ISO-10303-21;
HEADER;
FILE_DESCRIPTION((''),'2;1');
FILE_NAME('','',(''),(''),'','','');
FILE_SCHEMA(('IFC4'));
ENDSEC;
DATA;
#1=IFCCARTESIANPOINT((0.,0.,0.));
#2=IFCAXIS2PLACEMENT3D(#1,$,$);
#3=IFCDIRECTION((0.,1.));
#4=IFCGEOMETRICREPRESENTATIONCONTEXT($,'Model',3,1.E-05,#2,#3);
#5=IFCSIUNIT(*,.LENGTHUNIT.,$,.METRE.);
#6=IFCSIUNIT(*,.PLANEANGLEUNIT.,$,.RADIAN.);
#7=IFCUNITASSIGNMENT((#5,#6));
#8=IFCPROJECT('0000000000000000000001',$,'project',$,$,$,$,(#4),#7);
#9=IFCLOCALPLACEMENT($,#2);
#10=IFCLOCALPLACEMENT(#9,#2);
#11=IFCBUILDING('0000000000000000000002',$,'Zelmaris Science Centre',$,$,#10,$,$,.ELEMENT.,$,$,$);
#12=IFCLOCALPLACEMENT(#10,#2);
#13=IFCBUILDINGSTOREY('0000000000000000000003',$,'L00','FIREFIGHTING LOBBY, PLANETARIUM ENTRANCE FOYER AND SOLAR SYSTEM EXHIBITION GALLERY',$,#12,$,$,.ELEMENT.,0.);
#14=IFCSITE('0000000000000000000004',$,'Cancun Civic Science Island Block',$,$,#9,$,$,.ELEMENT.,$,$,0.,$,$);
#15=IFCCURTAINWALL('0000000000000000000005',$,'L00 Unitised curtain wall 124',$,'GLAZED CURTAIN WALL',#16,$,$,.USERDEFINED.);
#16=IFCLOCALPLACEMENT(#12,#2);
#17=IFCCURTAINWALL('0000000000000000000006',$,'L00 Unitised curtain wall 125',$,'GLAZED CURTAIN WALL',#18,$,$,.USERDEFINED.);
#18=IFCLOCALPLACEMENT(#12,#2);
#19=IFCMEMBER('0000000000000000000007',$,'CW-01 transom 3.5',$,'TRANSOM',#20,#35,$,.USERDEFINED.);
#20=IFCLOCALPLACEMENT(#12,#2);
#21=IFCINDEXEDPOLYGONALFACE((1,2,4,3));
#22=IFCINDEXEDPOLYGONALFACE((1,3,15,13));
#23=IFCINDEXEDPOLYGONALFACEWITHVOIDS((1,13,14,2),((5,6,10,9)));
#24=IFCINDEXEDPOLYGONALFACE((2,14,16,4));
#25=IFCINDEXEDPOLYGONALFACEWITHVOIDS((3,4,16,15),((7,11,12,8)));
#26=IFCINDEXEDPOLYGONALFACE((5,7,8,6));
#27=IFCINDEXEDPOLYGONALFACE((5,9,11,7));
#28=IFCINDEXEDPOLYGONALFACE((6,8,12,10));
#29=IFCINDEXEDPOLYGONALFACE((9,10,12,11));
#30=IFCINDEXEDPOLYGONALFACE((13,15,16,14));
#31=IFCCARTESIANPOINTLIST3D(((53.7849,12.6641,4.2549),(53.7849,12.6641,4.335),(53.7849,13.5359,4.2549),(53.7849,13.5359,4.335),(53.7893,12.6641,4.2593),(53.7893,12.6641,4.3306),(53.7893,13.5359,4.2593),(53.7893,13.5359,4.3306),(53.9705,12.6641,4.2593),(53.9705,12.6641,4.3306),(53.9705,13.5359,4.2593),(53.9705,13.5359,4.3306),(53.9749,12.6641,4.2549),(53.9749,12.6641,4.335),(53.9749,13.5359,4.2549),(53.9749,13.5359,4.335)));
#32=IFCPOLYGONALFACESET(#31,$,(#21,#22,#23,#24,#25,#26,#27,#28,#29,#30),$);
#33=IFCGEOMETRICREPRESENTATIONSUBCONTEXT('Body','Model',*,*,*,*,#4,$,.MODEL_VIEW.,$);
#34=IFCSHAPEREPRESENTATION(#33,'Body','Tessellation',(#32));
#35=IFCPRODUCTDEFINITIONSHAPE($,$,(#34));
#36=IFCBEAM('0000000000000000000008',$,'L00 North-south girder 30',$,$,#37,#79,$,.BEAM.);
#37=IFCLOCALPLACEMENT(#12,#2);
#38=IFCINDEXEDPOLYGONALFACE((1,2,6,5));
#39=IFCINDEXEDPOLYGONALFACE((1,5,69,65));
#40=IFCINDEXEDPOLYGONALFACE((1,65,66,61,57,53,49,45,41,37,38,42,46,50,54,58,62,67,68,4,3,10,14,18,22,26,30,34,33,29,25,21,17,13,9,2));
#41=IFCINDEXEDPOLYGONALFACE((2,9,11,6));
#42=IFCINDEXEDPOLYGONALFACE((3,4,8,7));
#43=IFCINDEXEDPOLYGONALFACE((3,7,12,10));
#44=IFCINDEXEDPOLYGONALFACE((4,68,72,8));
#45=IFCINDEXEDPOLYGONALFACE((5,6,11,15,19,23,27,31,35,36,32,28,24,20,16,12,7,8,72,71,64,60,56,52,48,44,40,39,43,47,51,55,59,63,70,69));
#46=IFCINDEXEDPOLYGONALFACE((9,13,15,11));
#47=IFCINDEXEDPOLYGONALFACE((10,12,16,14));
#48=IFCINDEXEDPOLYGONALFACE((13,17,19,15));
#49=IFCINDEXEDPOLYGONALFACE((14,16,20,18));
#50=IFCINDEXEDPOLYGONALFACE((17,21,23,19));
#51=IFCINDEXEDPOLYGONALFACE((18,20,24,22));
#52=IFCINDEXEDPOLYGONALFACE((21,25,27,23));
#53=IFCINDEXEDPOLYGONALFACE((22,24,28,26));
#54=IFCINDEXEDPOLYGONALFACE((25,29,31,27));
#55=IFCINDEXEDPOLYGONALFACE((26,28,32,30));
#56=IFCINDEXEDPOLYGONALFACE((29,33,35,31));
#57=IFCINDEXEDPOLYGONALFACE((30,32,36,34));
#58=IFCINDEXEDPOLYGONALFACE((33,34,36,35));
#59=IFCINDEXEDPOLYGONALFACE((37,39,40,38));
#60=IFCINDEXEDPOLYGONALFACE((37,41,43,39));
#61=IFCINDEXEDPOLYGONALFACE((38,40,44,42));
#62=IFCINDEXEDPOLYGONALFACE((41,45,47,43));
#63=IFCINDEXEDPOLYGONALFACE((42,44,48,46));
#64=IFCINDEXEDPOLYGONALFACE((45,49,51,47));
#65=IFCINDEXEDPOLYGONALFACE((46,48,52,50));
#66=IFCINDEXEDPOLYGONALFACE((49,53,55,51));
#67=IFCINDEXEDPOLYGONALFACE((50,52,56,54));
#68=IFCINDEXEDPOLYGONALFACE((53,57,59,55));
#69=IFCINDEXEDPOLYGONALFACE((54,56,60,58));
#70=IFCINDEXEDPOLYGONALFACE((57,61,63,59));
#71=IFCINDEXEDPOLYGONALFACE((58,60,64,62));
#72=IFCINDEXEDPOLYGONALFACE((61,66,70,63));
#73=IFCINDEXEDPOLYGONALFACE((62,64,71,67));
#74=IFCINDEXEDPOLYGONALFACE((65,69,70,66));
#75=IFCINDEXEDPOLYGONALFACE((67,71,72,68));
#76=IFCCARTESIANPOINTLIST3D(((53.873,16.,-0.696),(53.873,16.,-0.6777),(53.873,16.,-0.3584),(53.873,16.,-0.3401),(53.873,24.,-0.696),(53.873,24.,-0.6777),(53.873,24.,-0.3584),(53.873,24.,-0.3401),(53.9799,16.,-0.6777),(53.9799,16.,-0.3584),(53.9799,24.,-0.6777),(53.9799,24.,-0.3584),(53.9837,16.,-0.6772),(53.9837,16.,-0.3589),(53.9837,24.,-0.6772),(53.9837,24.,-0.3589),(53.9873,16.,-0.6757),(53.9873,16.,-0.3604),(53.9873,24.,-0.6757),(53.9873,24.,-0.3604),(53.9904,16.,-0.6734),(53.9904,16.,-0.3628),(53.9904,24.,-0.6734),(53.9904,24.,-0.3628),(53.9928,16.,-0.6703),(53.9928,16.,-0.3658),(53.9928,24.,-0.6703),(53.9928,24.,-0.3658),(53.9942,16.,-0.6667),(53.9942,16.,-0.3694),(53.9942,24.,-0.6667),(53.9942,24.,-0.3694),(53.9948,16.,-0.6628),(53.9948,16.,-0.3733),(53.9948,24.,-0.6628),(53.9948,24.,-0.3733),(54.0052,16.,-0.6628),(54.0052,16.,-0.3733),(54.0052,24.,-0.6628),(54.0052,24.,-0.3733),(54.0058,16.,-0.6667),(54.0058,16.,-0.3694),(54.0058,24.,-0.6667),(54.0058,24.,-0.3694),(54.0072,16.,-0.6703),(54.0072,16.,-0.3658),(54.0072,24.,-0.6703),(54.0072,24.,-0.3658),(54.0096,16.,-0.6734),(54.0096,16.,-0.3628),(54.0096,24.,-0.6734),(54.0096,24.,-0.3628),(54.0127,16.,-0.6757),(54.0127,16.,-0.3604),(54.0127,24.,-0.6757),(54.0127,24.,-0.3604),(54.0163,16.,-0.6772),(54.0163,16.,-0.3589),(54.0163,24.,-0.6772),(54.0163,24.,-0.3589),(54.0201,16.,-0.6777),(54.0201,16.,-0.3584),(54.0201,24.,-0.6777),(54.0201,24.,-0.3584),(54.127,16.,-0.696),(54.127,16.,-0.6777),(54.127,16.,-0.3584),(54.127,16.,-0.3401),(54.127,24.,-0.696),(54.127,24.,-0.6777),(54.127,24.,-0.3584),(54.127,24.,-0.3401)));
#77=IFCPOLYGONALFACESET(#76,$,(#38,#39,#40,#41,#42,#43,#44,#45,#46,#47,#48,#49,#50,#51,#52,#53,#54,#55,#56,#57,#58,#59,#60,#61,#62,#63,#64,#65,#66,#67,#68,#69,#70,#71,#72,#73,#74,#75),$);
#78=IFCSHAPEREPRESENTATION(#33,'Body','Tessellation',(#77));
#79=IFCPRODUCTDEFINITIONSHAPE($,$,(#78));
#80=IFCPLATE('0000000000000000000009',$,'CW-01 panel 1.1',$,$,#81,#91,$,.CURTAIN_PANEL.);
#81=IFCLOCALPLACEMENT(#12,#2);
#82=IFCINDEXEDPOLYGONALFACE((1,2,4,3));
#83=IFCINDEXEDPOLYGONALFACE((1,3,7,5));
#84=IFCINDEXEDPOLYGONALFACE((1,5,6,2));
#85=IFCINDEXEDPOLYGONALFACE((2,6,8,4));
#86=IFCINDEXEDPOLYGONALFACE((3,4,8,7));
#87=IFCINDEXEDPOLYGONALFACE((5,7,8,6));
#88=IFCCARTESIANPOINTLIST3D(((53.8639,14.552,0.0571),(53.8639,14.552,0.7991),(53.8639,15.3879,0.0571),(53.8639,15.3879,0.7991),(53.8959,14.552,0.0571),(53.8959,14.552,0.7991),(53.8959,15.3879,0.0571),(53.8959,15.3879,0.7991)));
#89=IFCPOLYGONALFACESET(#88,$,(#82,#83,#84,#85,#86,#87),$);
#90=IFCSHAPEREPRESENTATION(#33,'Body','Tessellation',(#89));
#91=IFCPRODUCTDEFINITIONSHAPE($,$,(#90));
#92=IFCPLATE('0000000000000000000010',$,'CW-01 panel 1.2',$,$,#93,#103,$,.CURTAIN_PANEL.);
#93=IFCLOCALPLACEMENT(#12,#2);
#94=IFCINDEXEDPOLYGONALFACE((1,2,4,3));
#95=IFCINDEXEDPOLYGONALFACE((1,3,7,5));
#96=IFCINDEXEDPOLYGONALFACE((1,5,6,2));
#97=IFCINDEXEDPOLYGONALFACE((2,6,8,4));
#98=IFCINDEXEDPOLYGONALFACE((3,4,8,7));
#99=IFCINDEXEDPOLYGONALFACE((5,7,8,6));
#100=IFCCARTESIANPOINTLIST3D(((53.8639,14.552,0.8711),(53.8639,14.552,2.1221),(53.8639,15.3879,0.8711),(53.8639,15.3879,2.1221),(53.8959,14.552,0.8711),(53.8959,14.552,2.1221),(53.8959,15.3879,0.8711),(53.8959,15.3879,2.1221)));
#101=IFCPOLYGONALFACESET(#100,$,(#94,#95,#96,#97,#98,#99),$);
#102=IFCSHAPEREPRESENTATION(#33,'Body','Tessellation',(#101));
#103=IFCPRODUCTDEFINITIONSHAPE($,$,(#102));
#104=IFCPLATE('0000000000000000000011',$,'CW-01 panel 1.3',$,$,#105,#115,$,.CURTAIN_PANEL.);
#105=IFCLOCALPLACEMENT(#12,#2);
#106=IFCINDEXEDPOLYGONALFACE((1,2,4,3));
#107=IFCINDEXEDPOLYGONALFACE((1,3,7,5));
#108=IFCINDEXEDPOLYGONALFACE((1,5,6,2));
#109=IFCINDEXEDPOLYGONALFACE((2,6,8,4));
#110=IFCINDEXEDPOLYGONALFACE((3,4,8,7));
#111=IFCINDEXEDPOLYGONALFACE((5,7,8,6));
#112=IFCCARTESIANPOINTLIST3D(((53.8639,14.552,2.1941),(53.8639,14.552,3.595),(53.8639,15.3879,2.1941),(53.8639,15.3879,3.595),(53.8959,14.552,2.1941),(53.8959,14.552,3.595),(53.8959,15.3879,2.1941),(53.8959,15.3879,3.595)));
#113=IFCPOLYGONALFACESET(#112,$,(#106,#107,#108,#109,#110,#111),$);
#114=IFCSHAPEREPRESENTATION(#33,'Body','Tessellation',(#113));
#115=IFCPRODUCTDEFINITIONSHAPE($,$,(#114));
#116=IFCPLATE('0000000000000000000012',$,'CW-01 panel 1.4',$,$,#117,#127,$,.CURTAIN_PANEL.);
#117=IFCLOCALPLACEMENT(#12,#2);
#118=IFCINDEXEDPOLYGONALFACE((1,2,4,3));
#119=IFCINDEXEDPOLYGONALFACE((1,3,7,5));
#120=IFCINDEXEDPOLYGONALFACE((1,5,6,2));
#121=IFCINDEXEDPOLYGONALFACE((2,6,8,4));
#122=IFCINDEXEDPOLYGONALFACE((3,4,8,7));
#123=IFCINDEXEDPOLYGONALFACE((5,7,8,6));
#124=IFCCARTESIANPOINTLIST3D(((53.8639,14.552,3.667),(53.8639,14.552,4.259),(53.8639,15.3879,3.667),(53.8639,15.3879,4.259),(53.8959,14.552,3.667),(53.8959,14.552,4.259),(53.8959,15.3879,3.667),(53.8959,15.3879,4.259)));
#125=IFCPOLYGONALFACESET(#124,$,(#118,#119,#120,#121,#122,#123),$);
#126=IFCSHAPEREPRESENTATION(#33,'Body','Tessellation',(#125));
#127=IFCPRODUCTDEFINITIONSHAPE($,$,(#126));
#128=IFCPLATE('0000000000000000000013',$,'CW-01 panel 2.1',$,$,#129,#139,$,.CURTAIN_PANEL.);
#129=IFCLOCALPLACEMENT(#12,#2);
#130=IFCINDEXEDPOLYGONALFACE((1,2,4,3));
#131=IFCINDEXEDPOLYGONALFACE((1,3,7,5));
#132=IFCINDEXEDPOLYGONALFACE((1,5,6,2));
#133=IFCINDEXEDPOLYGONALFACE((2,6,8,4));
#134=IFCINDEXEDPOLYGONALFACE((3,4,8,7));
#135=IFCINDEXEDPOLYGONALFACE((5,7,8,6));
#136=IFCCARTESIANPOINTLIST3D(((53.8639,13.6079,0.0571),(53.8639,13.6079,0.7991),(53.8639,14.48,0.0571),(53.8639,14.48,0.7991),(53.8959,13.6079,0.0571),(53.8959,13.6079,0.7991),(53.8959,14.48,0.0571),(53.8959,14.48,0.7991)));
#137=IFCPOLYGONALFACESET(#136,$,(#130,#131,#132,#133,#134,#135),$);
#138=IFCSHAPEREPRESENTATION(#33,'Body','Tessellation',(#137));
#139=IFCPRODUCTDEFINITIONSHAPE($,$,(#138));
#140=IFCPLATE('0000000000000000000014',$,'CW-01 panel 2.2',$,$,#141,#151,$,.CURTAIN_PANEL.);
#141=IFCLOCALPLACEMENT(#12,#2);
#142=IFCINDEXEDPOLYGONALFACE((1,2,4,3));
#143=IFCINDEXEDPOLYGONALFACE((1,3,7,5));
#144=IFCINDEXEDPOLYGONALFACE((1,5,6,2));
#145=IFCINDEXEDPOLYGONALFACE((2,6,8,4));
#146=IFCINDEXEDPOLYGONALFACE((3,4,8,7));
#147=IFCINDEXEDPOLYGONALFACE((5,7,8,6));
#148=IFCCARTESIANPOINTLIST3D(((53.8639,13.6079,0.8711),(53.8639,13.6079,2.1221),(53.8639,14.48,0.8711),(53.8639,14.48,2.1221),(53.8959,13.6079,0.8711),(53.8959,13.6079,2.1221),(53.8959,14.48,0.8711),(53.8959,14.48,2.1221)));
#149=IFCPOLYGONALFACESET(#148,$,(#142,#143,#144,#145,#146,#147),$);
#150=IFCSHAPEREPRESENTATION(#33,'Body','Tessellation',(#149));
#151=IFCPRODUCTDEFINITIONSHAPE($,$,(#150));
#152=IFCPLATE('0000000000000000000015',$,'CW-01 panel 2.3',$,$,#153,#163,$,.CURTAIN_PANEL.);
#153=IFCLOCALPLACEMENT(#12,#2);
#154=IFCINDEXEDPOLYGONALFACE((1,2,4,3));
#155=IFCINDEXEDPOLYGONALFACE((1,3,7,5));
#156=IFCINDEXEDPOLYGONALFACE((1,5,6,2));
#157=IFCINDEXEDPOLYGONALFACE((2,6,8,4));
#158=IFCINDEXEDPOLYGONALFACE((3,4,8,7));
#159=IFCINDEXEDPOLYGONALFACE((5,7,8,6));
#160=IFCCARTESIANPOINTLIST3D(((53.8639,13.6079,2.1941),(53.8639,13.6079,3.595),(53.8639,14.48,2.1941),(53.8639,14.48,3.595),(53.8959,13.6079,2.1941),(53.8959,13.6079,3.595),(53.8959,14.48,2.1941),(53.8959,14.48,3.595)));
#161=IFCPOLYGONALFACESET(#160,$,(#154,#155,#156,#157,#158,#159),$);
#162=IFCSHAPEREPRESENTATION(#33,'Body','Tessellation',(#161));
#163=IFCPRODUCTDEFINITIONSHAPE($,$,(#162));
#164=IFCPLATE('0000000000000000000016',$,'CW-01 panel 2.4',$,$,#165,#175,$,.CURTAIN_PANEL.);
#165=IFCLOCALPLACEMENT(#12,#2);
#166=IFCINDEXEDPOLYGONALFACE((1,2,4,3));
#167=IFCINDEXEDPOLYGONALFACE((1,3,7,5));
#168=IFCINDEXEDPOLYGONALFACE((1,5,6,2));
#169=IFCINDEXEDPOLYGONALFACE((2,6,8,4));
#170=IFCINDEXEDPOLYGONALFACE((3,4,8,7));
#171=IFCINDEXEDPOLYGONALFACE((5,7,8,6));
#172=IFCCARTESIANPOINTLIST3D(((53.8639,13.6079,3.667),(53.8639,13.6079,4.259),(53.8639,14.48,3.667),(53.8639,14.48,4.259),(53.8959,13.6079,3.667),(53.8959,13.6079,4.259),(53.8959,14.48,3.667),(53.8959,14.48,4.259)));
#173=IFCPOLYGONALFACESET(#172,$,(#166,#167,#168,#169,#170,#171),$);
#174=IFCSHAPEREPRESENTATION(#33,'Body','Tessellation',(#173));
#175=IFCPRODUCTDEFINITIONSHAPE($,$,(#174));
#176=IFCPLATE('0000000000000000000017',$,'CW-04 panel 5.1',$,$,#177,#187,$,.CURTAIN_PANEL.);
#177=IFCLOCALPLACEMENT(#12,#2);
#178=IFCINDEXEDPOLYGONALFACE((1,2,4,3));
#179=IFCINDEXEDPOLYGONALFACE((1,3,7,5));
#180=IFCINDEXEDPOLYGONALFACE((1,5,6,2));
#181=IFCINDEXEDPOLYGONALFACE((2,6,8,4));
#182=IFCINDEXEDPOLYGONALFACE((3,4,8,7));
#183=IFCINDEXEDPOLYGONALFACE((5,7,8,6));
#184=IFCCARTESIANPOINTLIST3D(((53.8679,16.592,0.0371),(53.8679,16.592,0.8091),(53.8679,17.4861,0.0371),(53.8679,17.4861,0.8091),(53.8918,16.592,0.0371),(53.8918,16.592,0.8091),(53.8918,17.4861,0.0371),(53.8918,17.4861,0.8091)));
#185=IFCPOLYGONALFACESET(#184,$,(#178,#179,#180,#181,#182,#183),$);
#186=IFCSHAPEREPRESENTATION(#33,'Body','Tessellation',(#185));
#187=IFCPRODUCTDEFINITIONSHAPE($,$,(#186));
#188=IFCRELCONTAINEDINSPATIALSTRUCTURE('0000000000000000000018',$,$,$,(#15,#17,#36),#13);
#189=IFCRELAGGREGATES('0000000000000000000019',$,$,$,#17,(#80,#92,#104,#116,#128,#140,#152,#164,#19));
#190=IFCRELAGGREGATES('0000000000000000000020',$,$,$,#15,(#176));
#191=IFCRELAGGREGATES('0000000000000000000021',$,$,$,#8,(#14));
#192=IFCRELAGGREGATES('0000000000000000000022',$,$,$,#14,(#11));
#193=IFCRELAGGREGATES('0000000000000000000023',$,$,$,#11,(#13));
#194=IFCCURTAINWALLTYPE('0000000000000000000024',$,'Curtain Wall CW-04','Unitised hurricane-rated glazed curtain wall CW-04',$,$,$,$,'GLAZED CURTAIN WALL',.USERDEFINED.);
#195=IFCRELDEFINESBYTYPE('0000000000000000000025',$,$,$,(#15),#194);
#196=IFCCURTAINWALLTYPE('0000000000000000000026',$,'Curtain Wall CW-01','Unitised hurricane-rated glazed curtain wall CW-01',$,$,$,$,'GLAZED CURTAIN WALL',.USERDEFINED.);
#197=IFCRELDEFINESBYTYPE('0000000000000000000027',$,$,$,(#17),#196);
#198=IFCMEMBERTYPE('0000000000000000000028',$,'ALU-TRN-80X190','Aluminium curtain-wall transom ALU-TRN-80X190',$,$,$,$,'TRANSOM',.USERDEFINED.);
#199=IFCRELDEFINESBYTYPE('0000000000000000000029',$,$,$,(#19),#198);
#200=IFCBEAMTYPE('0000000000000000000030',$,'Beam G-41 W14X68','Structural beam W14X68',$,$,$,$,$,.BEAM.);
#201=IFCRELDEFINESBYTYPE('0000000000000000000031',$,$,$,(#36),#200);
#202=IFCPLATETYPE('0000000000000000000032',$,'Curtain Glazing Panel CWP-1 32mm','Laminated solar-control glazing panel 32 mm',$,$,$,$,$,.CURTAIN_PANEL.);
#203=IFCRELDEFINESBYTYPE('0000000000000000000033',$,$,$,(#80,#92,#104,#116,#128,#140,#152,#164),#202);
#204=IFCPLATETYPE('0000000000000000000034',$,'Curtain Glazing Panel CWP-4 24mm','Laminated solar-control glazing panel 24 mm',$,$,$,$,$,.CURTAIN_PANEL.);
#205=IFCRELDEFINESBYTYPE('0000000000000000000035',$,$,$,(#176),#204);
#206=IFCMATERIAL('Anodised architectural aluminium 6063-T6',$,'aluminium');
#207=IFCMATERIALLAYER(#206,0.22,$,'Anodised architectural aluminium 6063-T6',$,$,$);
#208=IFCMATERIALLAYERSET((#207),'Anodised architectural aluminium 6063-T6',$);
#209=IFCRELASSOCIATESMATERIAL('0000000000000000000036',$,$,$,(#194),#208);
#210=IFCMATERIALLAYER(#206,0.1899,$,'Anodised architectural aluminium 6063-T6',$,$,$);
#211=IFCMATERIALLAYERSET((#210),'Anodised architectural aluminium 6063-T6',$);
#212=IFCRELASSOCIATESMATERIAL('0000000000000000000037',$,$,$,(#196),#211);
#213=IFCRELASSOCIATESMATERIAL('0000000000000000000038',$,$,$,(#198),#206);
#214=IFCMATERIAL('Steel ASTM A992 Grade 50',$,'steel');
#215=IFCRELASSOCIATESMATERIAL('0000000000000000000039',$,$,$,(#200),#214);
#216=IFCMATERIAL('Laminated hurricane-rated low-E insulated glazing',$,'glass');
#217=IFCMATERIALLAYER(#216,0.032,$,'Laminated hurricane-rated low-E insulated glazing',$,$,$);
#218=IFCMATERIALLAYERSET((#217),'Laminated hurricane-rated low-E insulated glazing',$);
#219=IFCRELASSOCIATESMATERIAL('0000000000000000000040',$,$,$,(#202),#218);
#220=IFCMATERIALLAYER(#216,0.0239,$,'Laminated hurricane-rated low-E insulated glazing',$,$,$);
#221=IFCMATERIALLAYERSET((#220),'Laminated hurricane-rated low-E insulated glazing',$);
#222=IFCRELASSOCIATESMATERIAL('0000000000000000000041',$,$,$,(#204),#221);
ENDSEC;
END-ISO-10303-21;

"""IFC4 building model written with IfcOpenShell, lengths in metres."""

from ifc_helpers import new_model, si_unit, direction, frame, origin, origin_2d, place, context, subcontext, project, spatial, rectangle, hollow_rectangle, i_section, extrude, material, layer, layer_set, material_profile, profile_set, type_object, element, aggregate, save


model = new_model("IFC4")

# Units and contexts
model_context = context("Model", 3, precision=1e-05, world=origin(), true_north=direction((0.0, 1.0)))
body_context = subcontext(model_context, "Body", "Model", "MODEL_VIEW")
ifc_project = project(units=[si_unit("LENGTHUNIT", "METRE"), si_unit("PLANEANGLEUNIT", "RADIAN")], contexts=[model_context])

# Site, building, storey
site_placement = place(None, origin())
site = spatial("IfcSite", under=ifc_project, at=site_placement, Name="Cancun Civic Science Island Block", CompositionType="ELEMENT", RefElevation=0.0)
building_placement = place(site_placement, origin())
building = spatial("IfcBuilding", under=site, at=building_placement, Name="Zelmaris Science Centre", CompositionType="ELEMENT")
storey_placement = place(building_placement, origin())
storey = spatial("IfcBuildingStorey", under=building, at=storey_placement, Name="L00", Description="FIREFIGHTING LOBBY, PLANETARIUM ENTRANCE FOYER AND SOLAR SYSTEM EXHIBITION GALLERY", CompositionType="ELEMENT", Elevation=0.0)

# Shared definitions
ifc_material_1 = material(Name="Steel ASTM A992 Grade 50", Category="steel")

# Curtain wall
ifc_material_2 = material(Name="Anodised architectural aluminium 6063-T6", Category="aluminium")
ifc_layer_1 = layer(ifc_material_2, 0.22, Name="Anodised architectural aluminium 6063-T6")
ifc_layer_set_1 = layer_set([ifc_layer_1], Name="Anodised architectural aluminium 6063-T6")
curtain_wall_type_1 = type_object("IfcCurtainWallType", Name="Curtain Wall CW-04", Description="Unitised hurricane-rated glazed curtain wall CW-04", ElementType="GLAZED CURTAIN WALL", PredefinedType="USERDEFINED", material=ifc_layer_set_1)
curtain_wall_1_placement = place(storey_placement, origin())
curtain_wall_1 = element("IfcCurtainWall", 1, at=curtain_wall_1_placement, inside=storey, type_object=curtain_wall_type_1, Name="L00 Unitised curtain wall 124", ObjectType="GLAZED CURTAIN WALL", PredefinedType="USERDEFINED")

# Curtain wall
ifc_layer_2 = layer(ifc_material_2, 0.1899, Name="Anodised architectural aluminium 6063-T6")
ifc_layer_set_2 = layer_set([ifc_layer_2], Name="Anodised architectural aluminium 6063-T6")
curtain_wall_type_2 = type_object("IfcCurtainWallType", Name="Curtain Wall CW-01", Description="Unitised hurricane-rated glazed curtain wall CW-01", ElementType="GLAZED CURTAIN WALL", PredefinedType="USERDEFINED", material=ifc_layer_set_2)
curtain_wall_2_placement = place(storey_placement, origin())
curtain_wall_2 = element("IfcCurtainWall", 2, at=curtain_wall_2_placement, inside=storey, type_object=curtain_wall_type_2, Name="L00 Unitised curtain wall 125", ObjectType="GLAZED CURTAIN WALL", PredefinedType="USERDEFINED")

# Member
ifc_material_profile_1 = material_profile(ifc_material_2, hollow_rectangle(XDim=0.0801, YDim=0.1899, WallThickness=0.0044, at=origin_2d()), Name="ALU-TRN-80X190")
ifc_profile_set_1 = profile_set([ifc_material_profile_1], Name="Anodised architectural aluminium 6063-T6")
member_type_1 = type_object("IfcMemberType", Name="ALU-TRN-80X190", Description="Aluminium curtain-wall transom ALU-TRN-80X190", ElementType="TRANSOM", PredefinedType="USERDEFINED", material=ifc_profile_set_1)
member_1_placement = place(storey_placement, frame((53.8799, 13.5359, 4.2949), z_axis=(0.0, -1.0, 0.0), x_axis=(0.0, 0.0, 1.0)))
member_1 = element("IfcMember", 3, at=member_1_placement, type_object=member_type_1, Name="CW-01 transom 3.5", ObjectType="TRANSOM", PredefinedType="USERDEFINED", context=body_context, shape_type="SweptSolid", body=[
    extrude(hollow_rectangle(XDim=0.0801, YDim=0.1899, WallThickness=0.0044, at=origin_2d()), origin(), (0.0, 0.0, 1.0), 0.8718),
])

# Beam
ifc_material_profile_2 = material_profile(ifc_material_1, i_section(OverallWidth=0.2539, OverallDepth=0.356, WebThickness=0.0105, FlangeThickness=0.0183, FilletRadius=0.0149, at=origin_2d()), Name="W14X68")
ifc_profile_set_2 = profile_set([ifc_material_profile_2], Name="Steel ASTM A992 Grade 50")
beam_type = type_object("IfcBeamType", Name="Beam G-41 W14X68", Description="Structural beam W14X68", PredefinedType="BEAM", material=ifc_profile_set_2)
beam_placement = place(storey_placement, frame((54.0, 16.0, -0.5181), z_axis=(0.0, 1.0, 0.0), x_axis=(-1.0, 0.0, 0.0)))
element("IfcBeam", 4, at=beam_placement, inside=storey, type_object=beam_type, Name="L00 North-south girder 30", PredefinedType="BEAM", context=body_context, shape_type="SweptSolid", body=[
    extrude(i_section(OverallWidth=0.2539, OverallDepth=0.356, WebThickness=0.0105, FlangeThickness=0.0183, FilletRadius=0.0149, at=origin_2d()), origin(), (0.0, 0.0, 1.0), 8.0),
])

# Plates
ifc_material_3 = material(Name="Laminated hurricane-rated low-E insulated glazing", Category="glass")
ifc_layer_3 = layer(ifc_material_3, 0.032, Name="Laminated hurricane-rated low-E insulated glazing")
ifc_layer_set_3 = layer_set([ifc_layer_3], Name="Laminated hurricane-rated low-E insulated glazing")
plate_type_1 = type_object("IfcPlateType", Name="Curtain Glazing Panel CWP-1 32mm", Description="Laminated solar-control glazing panel 32 mm", PredefinedType="CURTAIN_PANEL", material=ifc_layer_set_3)
plate_1_placement = place(storey_placement, frame((53.8799, 14.97, 0.0571), z_axis=(0.0, 0.0, 1.0), x_axis=(-0.000021, -1.0, 0.0)))
plate_1 = element("IfcPlate", 5, at=plate_1_placement, type_object=plate_type_1, Name="CW-01 panel 1.1", PredefinedType="CURTAIN_PANEL", context=body_context, shape_type="SweptSolid", body=[
    extrude(rectangle(XDim=0.8359, YDim=0.032, at=origin_2d()), origin(), (0.0, 0.0, 1.0), 0.7419),
])
plate_2_placement = place(storey_placement, frame((53.8799, 14.97, 0.8711), z_axis=(0.0, 0.0, 1.0), x_axis=(-0.000021, -1.0, 0.0)))
plate_2 = element("IfcPlate", 6, at=plate_2_placement, type_object=plate_type_1, Name="CW-01 panel 1.2", PredefinedType="CURTAIN_PANEL", context=body_context, shape_type="SweptSolid", body=[
    extrude(rectangle(XDim=0.8359, YDim=0.032, at=origin_2d()), origin(), (0.0, 0.0, 1.0), 1.251),
])
plate_3_placement = place(storey_placement, frame((53.8799, 14.97, 2.1941), z_axis=(0.0, 0.0, 1.0), x_axis=(-0.000021, -1.0, 0.0)))
plate_3 = element("IfcPlate", 7, at=plate_3_placement, type_object=plate_type_1, Name="CW-01 panel 1.3", PredefinedType="CURTAIN_PANEL", context=body_context, shape_type="SweptSolid", body=[
    extrude(rectangle(XDim=0.8359, YDim=0.032, at=origin_2d()), origin(), (0.0, 0.0, 1.0), 1.4009),
])
plate_4_placement = place(storey_placement, frame((53.8799, 14.97, 3.667), z_axis=(0.0, 0.0, 1.0), x_axis=(-0.000021, -1.0, 0.0)))
plate_4 = element("IfcPlate", 8, at=plate_4_placement, type_object=plate_type_1, Name="CW-01 panel 1.4", PredefinedType="CURTAIN_PANEL", context=body_context, shape_type="SweptSolid", body=[
    extrude(rectangle(XDim=0.8359, YDim=0.032, at=origin_2d()), origin(), (0.0, 0.0, 1.0), 0.592),
])
plate_5_placement = place(storey_placement, frame((53.8799, 14.0439, 0.0571), z_axis=(0.0, 0.0, 1.0), x_axis=(-0.000021, -1.0, 0.0)))
plate_5 = element("IfcPlate", 9, at=plate_5_placement, type_object=plate_type_1, Name="CW-01 panel 2.1", PredefinedType="CURTAIN_PANEL", context=body_context, shape_type="SweptSolid", body=[
    extrude(rectangle(XDim=0.8721, YDim=0.032, at=origin_2d()), origin(), (0.0, 0.0, 1.0), 0.7419),
])
plate_6_placement = place(storey_placement, frame((53.8799, 14.0439, 0.8711), z_axis=(0.0, 0.0, 1.0), x_axis=(-0.000021, -1.0, 0.0)))
plate_6 = element("IfcPlate", 10, at=plate_6_placement, type_object=plate_type_1, Name="CW-01 panel 2.2", PredefinedType="CURTAIN_PANEL", context=body_context, shape_type="SweptSolid", body=[
    extrude(rectangle(XDim=0.8721, YDim=0.032, at=origin_2d()), origin(), (0.0, 0.0, 1.0), 1.251),
])
plate_7_placement = place(storey_placement, frame((53.8799, 14.0439, 2.1941), z_axis=(0.0, 0.0, 1.0), x_axis=(-0.000021, -1.0, 0.0)))
plate_7 = element("IfcPlate", 11, at=plate_7_placement, type_object=plate_type_1, Name="CW-01 panel 2.3", PredefinedType="CURTAIN_PANEL", context=body_context, shape_type="SweptSolid", body=[
    extrude(rectangle(XDim=0.8721, YDim=0.032, at=origin_2d()), origin(), (0.0, 0.0, 1.0), 1.4009),
])
plate_8_placement = place(storey_placement, frame((53.8799, 14.0439, 3.667), z_axis=(0.0, 0.0, 1.0), x_axis=(-0.000021, -1.0, 0.0)))
plate_8 = element("IfcPlate", 12, at=plate_8_placement, type_object=plate_type_1, Name="CW-01 panel 2.4", PredefinedType="CURTAIN_PANEL", context=body_context, shape_type="SweptSolid", body=[
    extrude(rectangle(XDim=0.8721, YDim=0.032, at=origin_2d()), origin(), (0.0, 0.0, 1.0), 0.592),
])
aggregate(curtain_wall_2, [plate_1, plate_2, plate_3, plate_4, plate_5, plate_6, plate_7, plate_8, member_1])
ifc_layer_4 = layer(ifc_material_3, 0.0239, Name="Laminated hurricane-rated low-E insulated glazing")
ifc_layer_set_4 = layer_set([ifc_layer_4], Name="Laminated hurricane-rated low-E insulated glazing")
plate_type_2 = type_object("IfcPlateType", Name="Curtain Glazing Panel CWP-4 24mm", Description="Laminated solar-control glazing panel 24 mm", PredefinedType="CURTAIN_PANEL", material=ifc_layer_set_4)
plate_9_placement = place(storey_placement, frame((53.8799, 17.0391, 0.0371), z_axis=(0.0, 0.0, 1.0), x_axis=(0.0, -1.0, 0.0)))
plate_9 = element("IfcPlate", 13, at=plate_9_placement, type_object=plate_type_2, Name="CW-04 panel 5.1", PredefinedType="CURTAIN_PANEL", context=body_context, shape_type="SweptSolid", body=[
    extrude(rectangle(XDim=0.894, YDim=0.0239, at=origin_2d()), origin(), (0.0, 0.0, 1.0), 0.772),
])
aggregate(curtain_wall_1, [plate_9])

save(model, "model.ifc")
